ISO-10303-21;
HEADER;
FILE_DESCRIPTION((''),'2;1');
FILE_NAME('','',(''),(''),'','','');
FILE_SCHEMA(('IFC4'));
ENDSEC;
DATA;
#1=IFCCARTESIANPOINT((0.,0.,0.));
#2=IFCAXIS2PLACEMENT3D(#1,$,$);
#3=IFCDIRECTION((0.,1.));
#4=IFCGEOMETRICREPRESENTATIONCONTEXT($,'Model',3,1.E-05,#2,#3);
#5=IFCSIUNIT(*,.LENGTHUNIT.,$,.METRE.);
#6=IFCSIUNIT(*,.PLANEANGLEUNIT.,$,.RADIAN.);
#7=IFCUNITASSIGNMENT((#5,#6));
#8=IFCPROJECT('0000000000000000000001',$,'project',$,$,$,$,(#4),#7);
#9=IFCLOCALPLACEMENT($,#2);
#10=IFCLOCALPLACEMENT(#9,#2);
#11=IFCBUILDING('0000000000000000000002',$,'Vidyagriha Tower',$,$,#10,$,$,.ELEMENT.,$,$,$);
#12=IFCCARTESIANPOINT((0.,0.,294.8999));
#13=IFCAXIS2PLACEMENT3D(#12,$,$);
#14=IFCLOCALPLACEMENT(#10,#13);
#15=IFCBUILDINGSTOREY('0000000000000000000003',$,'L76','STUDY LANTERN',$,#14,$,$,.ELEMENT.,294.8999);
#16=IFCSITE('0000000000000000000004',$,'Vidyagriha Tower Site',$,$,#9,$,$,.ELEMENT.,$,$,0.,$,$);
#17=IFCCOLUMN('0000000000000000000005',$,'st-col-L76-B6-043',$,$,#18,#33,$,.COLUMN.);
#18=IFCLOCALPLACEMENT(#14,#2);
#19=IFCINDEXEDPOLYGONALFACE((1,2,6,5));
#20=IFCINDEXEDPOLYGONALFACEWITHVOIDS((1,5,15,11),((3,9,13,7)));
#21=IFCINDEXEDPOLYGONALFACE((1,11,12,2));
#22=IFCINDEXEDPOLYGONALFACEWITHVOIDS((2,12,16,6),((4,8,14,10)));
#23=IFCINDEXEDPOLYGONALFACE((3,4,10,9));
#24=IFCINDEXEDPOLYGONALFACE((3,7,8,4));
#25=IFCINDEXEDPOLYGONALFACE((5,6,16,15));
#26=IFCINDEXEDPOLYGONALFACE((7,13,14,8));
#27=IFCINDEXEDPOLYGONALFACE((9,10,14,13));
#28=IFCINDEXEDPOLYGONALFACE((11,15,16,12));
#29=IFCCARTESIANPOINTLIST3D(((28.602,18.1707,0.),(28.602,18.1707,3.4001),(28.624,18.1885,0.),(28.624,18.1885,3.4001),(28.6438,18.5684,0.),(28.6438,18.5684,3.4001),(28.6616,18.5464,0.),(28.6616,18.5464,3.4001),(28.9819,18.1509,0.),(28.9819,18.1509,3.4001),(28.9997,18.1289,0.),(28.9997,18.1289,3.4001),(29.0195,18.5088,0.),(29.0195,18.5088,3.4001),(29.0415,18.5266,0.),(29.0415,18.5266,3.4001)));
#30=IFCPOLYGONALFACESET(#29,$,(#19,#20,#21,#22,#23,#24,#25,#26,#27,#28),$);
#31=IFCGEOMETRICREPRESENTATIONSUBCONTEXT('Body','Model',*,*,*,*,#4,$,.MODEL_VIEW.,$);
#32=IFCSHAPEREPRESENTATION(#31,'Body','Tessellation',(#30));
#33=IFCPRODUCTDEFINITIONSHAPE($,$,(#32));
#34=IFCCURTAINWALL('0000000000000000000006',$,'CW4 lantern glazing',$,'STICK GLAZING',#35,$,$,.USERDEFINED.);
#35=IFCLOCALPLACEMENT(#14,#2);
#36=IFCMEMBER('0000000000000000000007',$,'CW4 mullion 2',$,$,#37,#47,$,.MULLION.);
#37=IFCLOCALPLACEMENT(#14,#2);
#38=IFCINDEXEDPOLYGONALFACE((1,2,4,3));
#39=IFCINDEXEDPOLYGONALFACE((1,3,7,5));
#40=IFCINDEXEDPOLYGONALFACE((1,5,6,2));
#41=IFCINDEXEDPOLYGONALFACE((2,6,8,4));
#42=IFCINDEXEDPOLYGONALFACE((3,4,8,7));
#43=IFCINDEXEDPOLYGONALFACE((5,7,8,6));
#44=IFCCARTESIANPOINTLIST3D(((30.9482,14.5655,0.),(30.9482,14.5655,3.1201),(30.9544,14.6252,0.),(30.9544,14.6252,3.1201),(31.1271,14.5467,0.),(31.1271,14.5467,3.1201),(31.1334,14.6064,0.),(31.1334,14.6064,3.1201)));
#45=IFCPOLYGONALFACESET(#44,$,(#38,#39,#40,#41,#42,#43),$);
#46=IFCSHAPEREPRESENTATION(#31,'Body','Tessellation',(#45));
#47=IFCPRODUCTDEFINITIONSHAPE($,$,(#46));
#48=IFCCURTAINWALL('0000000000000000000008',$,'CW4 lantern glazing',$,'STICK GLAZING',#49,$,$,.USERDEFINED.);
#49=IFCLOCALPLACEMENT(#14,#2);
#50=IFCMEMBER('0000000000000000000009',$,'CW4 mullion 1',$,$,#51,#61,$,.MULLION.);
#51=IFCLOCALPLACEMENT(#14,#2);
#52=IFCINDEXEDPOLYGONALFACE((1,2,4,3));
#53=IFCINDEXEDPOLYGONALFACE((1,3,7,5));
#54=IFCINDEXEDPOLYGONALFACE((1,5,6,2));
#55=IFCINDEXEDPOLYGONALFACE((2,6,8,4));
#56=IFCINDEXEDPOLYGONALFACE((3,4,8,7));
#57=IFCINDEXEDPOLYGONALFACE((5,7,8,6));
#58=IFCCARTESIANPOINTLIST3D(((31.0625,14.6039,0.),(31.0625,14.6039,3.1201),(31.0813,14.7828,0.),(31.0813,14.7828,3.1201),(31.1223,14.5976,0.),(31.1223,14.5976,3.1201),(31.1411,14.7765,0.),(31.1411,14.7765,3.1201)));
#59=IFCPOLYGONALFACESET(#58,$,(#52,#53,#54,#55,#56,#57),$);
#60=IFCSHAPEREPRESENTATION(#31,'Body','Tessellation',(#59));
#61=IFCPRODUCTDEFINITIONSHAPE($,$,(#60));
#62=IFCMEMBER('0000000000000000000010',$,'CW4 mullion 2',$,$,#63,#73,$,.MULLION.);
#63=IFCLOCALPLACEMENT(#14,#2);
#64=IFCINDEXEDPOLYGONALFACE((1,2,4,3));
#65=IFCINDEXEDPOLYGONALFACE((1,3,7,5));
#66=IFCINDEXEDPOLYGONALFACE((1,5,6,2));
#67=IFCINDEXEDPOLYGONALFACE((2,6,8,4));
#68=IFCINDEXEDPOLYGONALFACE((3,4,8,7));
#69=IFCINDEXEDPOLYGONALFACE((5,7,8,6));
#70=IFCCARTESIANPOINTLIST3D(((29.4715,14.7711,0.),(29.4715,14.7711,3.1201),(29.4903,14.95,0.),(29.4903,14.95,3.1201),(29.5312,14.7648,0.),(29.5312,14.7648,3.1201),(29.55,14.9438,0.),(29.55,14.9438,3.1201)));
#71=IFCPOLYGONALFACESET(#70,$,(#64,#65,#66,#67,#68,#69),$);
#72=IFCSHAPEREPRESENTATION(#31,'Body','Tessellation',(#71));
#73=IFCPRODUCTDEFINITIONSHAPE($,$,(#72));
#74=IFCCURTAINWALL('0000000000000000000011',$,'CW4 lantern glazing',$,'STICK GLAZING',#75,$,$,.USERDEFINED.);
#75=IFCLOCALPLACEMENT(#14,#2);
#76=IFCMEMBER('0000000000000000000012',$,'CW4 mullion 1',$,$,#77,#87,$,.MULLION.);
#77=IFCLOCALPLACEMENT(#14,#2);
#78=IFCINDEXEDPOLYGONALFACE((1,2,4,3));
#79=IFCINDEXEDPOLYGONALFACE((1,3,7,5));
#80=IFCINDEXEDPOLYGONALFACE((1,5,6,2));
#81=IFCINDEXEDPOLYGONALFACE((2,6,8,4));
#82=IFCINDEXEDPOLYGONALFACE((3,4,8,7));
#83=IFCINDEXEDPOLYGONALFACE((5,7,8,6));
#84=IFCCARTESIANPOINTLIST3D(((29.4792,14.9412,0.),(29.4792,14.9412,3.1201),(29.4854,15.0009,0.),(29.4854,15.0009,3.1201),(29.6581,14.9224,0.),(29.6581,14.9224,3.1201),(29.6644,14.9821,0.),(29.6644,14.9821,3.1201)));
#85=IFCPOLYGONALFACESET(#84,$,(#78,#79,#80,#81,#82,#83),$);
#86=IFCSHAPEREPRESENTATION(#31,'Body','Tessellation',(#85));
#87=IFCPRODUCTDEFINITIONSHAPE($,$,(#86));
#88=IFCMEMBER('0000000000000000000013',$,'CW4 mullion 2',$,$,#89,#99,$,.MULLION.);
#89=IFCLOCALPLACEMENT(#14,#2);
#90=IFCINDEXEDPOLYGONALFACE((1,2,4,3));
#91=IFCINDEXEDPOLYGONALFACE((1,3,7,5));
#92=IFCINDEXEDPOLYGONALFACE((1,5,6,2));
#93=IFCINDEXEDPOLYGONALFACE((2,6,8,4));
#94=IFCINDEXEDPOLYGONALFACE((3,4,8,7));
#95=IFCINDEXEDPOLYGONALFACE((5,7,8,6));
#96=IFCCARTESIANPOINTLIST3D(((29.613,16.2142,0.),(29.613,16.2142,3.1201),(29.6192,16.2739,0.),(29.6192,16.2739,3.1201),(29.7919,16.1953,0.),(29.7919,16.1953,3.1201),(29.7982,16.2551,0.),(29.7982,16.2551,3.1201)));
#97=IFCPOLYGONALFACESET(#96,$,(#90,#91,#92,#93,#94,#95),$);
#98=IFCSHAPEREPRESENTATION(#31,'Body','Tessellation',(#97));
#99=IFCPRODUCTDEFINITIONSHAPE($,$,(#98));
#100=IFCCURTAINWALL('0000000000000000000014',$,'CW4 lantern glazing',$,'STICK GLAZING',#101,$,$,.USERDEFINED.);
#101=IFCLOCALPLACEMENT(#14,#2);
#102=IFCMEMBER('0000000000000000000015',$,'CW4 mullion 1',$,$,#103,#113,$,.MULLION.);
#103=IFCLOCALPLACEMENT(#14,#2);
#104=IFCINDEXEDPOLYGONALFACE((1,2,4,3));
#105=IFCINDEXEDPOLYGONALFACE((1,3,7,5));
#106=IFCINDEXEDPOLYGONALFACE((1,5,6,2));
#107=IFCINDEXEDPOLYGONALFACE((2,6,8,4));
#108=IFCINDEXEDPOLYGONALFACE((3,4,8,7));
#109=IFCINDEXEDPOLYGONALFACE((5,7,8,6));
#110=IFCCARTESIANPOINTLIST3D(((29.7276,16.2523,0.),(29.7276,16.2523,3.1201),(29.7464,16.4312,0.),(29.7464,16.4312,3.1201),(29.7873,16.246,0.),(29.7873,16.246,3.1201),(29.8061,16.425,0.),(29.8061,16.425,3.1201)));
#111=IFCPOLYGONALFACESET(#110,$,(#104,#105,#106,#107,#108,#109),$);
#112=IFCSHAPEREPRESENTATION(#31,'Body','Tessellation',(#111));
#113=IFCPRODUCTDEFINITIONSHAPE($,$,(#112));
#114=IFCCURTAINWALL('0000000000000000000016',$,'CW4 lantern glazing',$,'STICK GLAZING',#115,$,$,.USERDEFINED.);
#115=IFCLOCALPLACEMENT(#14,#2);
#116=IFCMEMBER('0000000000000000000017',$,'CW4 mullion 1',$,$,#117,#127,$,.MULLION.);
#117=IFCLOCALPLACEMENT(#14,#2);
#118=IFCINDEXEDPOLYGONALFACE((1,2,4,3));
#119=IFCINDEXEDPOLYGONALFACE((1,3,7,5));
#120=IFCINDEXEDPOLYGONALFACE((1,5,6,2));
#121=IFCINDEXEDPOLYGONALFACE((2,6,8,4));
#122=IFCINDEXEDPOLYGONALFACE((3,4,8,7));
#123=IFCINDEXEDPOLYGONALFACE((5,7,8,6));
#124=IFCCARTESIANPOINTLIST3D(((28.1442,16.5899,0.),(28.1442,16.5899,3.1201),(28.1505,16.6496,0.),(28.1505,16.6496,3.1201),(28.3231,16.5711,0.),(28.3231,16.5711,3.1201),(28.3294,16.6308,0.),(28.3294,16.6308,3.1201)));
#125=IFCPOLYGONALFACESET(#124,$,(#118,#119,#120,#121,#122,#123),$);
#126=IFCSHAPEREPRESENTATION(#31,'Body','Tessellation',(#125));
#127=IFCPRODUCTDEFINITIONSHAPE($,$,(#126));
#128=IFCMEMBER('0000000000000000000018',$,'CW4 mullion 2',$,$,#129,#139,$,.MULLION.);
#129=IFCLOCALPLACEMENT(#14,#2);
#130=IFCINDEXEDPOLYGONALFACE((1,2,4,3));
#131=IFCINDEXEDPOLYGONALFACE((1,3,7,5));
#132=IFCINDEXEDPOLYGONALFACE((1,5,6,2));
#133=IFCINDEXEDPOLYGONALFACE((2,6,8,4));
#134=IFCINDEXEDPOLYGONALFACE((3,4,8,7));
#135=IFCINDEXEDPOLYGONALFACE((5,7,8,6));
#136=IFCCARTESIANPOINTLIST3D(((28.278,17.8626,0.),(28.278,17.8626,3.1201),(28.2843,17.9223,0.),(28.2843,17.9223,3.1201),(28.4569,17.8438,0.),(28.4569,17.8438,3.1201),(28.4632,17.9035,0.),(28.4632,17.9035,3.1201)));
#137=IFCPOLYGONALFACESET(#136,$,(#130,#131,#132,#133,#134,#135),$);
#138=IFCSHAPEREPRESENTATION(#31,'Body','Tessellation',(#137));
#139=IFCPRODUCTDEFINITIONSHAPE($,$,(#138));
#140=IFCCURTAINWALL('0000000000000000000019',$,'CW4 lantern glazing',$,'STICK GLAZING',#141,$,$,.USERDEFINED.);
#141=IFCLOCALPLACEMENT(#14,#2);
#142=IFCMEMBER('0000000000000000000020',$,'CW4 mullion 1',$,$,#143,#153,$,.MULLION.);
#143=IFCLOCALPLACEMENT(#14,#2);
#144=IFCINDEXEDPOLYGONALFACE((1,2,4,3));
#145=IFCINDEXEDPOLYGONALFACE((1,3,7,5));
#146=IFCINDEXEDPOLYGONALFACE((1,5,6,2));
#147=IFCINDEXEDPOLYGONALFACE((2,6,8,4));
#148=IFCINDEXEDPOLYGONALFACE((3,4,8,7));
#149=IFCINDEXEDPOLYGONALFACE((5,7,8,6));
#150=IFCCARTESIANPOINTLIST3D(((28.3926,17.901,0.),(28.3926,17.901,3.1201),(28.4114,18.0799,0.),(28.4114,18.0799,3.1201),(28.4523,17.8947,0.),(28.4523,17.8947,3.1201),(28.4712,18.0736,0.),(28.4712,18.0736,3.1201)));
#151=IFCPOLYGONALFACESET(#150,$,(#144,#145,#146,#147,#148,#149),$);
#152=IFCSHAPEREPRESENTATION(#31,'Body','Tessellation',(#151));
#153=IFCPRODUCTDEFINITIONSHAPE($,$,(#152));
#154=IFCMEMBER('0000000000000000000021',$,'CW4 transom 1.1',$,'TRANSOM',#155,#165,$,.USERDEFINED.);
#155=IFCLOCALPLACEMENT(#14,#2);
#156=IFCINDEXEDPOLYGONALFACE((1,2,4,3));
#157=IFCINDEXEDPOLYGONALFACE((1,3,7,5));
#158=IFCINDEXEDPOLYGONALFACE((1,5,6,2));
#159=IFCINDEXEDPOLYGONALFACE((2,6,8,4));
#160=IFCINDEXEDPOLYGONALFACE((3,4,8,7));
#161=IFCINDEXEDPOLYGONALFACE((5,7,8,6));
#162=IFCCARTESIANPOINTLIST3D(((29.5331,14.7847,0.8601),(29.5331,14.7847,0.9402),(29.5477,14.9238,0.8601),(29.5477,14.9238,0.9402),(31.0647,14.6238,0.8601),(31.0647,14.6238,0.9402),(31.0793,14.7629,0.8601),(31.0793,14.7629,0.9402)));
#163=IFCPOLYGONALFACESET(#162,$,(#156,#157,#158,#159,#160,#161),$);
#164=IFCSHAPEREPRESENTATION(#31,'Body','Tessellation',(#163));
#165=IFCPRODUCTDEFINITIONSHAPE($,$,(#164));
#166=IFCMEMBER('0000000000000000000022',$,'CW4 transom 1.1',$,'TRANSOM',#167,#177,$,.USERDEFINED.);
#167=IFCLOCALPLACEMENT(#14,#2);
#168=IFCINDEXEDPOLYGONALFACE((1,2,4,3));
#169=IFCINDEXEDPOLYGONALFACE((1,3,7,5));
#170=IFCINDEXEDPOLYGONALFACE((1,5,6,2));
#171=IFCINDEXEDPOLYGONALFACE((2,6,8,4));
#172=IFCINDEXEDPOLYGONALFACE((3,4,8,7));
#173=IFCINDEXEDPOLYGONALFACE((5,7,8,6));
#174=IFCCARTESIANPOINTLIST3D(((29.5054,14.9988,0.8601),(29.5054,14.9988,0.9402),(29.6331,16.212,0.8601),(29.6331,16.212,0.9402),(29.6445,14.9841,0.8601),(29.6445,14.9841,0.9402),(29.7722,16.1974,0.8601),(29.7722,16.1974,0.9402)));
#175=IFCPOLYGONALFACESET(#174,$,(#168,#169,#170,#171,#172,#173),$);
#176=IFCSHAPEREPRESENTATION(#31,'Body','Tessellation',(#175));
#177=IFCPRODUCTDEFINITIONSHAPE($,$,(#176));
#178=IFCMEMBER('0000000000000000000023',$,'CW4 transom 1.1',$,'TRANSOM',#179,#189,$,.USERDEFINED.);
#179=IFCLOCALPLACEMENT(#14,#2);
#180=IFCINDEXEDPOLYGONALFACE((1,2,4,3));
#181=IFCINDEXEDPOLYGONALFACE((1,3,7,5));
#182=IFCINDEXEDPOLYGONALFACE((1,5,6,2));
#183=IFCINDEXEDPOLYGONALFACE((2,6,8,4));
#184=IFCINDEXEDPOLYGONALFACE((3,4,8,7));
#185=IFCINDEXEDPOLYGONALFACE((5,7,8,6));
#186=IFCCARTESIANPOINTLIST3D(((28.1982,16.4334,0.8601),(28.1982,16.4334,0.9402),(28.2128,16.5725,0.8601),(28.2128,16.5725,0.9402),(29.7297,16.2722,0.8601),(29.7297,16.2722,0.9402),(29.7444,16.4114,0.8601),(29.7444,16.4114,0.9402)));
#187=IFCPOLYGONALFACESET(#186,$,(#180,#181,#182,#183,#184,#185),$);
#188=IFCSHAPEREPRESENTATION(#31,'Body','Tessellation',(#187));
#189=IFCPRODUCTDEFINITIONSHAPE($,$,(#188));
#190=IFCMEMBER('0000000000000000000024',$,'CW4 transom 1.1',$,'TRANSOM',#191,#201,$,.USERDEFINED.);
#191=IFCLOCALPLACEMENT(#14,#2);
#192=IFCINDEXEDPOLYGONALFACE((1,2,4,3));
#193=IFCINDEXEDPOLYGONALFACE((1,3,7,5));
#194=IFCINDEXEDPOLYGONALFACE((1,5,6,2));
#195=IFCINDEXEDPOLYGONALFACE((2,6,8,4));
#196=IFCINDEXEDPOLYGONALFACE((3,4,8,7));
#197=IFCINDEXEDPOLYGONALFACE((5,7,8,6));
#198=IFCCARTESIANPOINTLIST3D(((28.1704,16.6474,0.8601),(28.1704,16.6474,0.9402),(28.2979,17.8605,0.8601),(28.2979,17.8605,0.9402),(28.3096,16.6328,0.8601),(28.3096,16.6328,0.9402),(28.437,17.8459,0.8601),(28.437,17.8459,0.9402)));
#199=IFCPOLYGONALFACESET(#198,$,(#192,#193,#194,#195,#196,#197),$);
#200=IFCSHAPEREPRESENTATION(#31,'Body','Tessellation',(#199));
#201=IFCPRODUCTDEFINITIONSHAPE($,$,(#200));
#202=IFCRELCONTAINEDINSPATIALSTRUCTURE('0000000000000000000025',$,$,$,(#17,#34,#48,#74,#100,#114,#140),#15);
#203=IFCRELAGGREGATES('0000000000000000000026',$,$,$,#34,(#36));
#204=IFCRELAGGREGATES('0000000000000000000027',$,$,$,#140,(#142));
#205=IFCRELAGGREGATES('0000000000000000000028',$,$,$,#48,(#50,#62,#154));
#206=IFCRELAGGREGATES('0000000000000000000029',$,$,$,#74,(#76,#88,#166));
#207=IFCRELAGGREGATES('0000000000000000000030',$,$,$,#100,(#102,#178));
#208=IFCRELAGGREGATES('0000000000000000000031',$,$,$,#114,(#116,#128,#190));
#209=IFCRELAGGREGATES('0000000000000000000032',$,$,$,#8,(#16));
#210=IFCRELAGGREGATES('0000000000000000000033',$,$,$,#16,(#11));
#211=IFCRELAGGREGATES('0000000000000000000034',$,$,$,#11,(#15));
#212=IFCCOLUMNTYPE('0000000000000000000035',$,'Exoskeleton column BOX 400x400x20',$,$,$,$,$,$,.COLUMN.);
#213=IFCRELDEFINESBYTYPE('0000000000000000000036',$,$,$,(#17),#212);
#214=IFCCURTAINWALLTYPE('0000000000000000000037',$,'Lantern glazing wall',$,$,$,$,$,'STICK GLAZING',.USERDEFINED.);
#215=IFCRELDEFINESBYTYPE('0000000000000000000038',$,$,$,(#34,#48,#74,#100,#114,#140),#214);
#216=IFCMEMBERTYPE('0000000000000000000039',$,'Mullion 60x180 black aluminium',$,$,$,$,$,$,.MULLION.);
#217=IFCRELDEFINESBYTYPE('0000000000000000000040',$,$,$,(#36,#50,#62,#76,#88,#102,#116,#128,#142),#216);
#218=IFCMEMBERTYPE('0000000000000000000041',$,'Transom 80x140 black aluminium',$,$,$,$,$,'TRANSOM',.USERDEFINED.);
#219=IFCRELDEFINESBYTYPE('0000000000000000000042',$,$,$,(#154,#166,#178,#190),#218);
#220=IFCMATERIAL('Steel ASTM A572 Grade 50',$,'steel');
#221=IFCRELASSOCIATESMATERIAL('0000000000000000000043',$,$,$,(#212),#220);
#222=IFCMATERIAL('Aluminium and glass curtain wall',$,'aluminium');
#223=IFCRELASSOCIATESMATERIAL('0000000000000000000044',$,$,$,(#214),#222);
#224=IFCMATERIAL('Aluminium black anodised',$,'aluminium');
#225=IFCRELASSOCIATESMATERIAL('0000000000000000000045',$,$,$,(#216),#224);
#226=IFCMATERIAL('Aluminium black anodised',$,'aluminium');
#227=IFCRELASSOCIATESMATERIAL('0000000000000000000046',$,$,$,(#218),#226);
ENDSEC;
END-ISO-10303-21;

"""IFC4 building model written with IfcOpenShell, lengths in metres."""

from ifc_helpers import new_model, si_unit, direction, frame, origin, origin_2d, place, context, subcontext, project, spatial, rectangle, hollow_rectangle, extrude, material, material_profile, profile_set, type_object, element, aggregate, save


model = new_model("IFC4")

# Units and contexts
model_context = context("Model", 3, precision=1e-05, world=origin(), true_north=direction((0.0, 1.0)))
body_context = subcontext(model_context, "Body", "Model", "MODEL_VIEW")
ifc_project = project(units=[si_unit("LENGTHUNIT", "METRE"), si_unit("PLANEANGLEUNIT", "RADIAN")], contexts=[model_context])

# Site, building, storey
site_placement = place(None, origin())
site = spatial("IfcSite", under=ifc_project, at=site_placement, Name="Vidyagriha Tower Site", CompositionType="ELEMENT", RefElevation=0.0)
building_placement = place(site_placement, origin())
building = spatial("IfcBuilding", under=site, at=building_placement, Name="Vidyagriha Tower", CompositionType="ELEMENT")
storey_placement = place(building_placement, frame((0.0, 0.0, 294.8999)))
storey = spatial("IfcBuildingStorey", under=building, at=storey_placement, Name="L76", Description="STUDY LANTERN", CompositionType="ELEMENT", Elevation=294.8999)

# Column
ifc_material_1 = material(Name="Steel ASTM A572 Grade 50", Category="steel")
ifc_material_profile_1 = material_profile(ifc_material_1, hollow_rectangle(XDim=0.3999, YDim=0.3999, WallThickness=0.02, at=origin_2d()), Name="BOX 400x400x20")
ifc_profile_set_1 = profile_set([ifc_material_profile_1], Name="Steel ASTM A572 Grade 50")
column_type = type_object("IfcColumnType", Name="Exoskeleton column BOX 400x400x20", PredefinedType="COLUMN", material=ifc_profile_set_1)
column_placement = place(storey_placement, frame((28.8218, 18.3486, 0.0), z_axis=(0.0, 0.0, 1.0), x_axis=(0.994522, -0.104528, 0.0)))
element("IfcColumn", 1, at=column_placement, inside=storey, type_object=column_type, Name="st-col-L76-B6-043", PredefinedType="COLUMN", context=body_context, shape_type="SweptSolid", body=[
    extrude(hollow_rectangle(XDim=0.3999, YDim=0.3999, WallThickness=0.02, at=origin_2d()), origin(), (0.0, 0.0, 1.0), 3.4001),
])

# Curtain wall, member
ifc_material_2 = material(Name="Aluminium and glass curtain wall", Category="aluminium")
curtain_wall_type = type_object("IfcCurtainWallType", Name="Lantern glazing wall", ElementType="STICK GLAZING", PredefinedType="USERDEFINED", material=ifc_material_2)
curtain_wall_1_placement = place(storey_placement, origin())
curtain_wall_1 = element("IfcCurtainWall", 2, at=curtain_wall_1_placement, inside=storey, type_object=curtain_wall_type, Name="CW4 lantern glazing", ObjectType="STICK GLAZING", PredefinedType="USERDEFINED")
ifc_material_3 = material(Name="Aluminium black anodised", Category="aluminium")
ifc_material_profile_2 = material_profile(ifc_material_3, rectangle(XDim=0.1799, YDim=0.0601, at=origin_2d()), Name="Mullion 60x180 black aluminium")
ifc_profile_set_2 = profile_set([ifc_material_profile_2], Name="Aluminium black anodised")
member_type_1 = type_object("IfcMemberType", Name="Mullion 60x180 black aluminium", PredefinedType="MULLION", material=ifc_profile_set_2)
member_1_placement = place(storey_placement, frame((31.0408, 14.5859, 0.0), z_axis=(0.0, 0.0, 1.0), x_axis=(-0.994528, 0.104475, 0.0)))
member_1 = element("IfcMember", 3, at=member_1_placement, type_object=member_type_1, Name="CW4 mullion 2", PredefinedType="MULLION", context=body_context, shape_type="SweptSolid", body=[
    extrude(rectangle(XDim=0.1799, YDim=0.0601, at=origin_2d()), origin(), (0.0, 0.0, 1.0), 3.1201),
])
aggregate(curtain_wall_1, [member_1])

# Curtain walls, members
curtain_wall_2_placement = place(storey_placement, origin())
curtain_wall_2 = element("IfcCurtainWall", 4, at=curtain_wall_2_placement, inside=storey, type_object=curtain_wall_type, Name="CW4 lantern glazing", ObjectType="STICK GLAZING", PredefinedType="USERDEFINED")
member_2_placement = place(storey_placement, frame((31.1018, 14.6902, 0.0), z_axis=(0.0, 0.0, 1.0), x_axis=(-0.104519, -0.994523, 0.0)))
member_2 = element("IfcMember", 5, at=member_2_placement, type_object=member_type_1, Name="CW4 mullion 1", PredefinedType="MULLION", context=body_context, shape_type="SweptSolid", body=[
    extrude(rectangle(XDim=0.1799, YDim=0.0601, at=origin_2d()), origin(), (0.0, 0.0, 1.0), 3.1201),
])
member_3_placement = place(storey_placement, frame((29.5107, 14.8574, 0.0), z_axis=(0.0, 0.0, 1.0), x_axis=(-0.104519, -0.994523, 0.0)))
member_3 = element("IfcMember", 6, at=member_3_placement, type_object=member_type_1, Name="CW4 mullion 2", PredefinedType="MULLION", context=body_context, shape_type="SweptSolid", body=[
    extrude(rectangle(XDim=0.1799, YDim=0.0601, at=origin_2d()), origin(), (0.0, 0.0, 1.0), 3.1201),
])
curtain_wall_3_placement = place(storey_placement, origin())
curtain_wall_3 = element("IfcCurtainWall", 7, at=curtain_wall_3_placement, inside=storey, type_object=curtain_wall_type, Name="CW4 lantern glazing", ObjectType="STICK GLAZING", PredefinedType="USERDEFINED")
member_4_placement = place(storey_placement, frame((29.5718, 14.9617, 0.0), z_axis=(0.0, 0.0, 1.0), x_axis=(-0.994519, 0.104557, 0.0)))
member_4 = element("IfcMember", 8, at=member_4_placement, type_object=member_type_1, Name="CW4 mullion 1", PredefinedType="MULLION", context=body_context, shape_type="SweptSolid", body=[
    extrude(rectangle(XDim=0.1799, YDim=0.0601, at=origin_2d()), origin(), (0.0, 0.0, 1.0), 3.1201),
])
member_5_placement = place(storey_placement, frame((29.7056, 16.2346, 0.0), z_axis=(0.0, 0.0, 1.0), x_axis=(-0.994519, 0.104557, 0.0)))
member_5 = element("IfcMember", 9, at=member_5_placement, type_object=member_type_1, Name="CW4 mullion 2", PredefinedType="MULLION", context=body_context, shape_type="SweptSolid", body=[
    extrude(rectangle(XDim=0.1799, YDim=0.0601, at=origin_2d()), origin(), (0.0, 0.0, 1.0), 3.1201),
])

# Curtain wall, member
curtain_wall_4_placement = place(storey_placement, origin())
curtain_wall_4 = element("IfcCurtainWall", 10, at=curtain_wall_4_placement, inside=storey, type_object=curtain_wall_type, Name="CW4 lantern glazing", ObjectType="STICK GLAZING", PredefinedType="USERDEFINED")
member_6_placement = place(storey_placement, frame((29.7668, 16.3386, 0.0), z_axis=(0.0, 0.0, 1.0), x_axis=(-0.104519, -0.994523, 0.0)))
member_6 = element("IfcMember", 11, at=member_6_placement, type_object=member_type_1, Name="CW4 mullion 1", PredefinedType="MULLION", context=body_context, shape_type="SweptSolid", body=[
    extrude(rectangle(XDim=0.1799, YDim=0.0601, at=origin_2d()), origin(), (0.0, 0.0, 1.0), 3.1201),
])

# Curtain wall, members
curtain_wall_5_placement = place(storey_placement, origin())
curtain_wall_5 = element("IfcCurtainWall", 12, at=curtain_wall_5_placement, inside=storey, type_object=curtain_wall_type, Name="CW4 lantern glazing", ObjectType="STICK GLAZING", PredefinedType="USERDEFINED")
member_7_placement = place(storey_placement, frame((28.2368, 16.6104, 0.0), z_axis=(0.0, 0.0, 1.0), x_axis=(-0.994519, 0.104557, 0.0)))
member_7 = element("IfcMember", 13, at=member_7_placement, type_object=member_type_1, Name="CW4 mullion 1", PredefinedType="MULLION", context=body_context, shape_type="SweptSolid", body=[
    extrude(rectangle(XDim=0.1799, YDim=0.0601, at=origin_2d()), origin(), (0.0, 0.0, 1.0), 3.1201),
])
member_8_placement = place(storey_placement, frame((28.3706, 17.8831, 0.0), z_axis=(0.0, 0.0, 1.0), x_axis=(-0.994519, 0.104557, 0.0)))
member_8 = element("IfcMember", 14, at=member_8_placement, type_object=member_type_1, Name="CW4 mullion 2", PredefinedType="MULLION", context=body_context, shape_type="SweptSolid", body=[
    extrude(rectangle(XDim=0.1799, YDim=0.0601, at=origin_2d()), origin(), (0.0, 0.0, 1.0), 3.1201),
])

# Curtain wall, member
curtain_wall_6_placement = place(storey_placement, origin())
curtain_wall_6 = element("IfcCurtainWall", 15, at=curtain_wall_6_placement, inside=storey, type_object=curtain_wall_type, Name="CW4 lantern glazing", ObjectType="STICK GLAZING", PredefinedType="USERDEFINED")
member_9_placement = place(storey_placement, frame((28.4319, 17.9873, 0.0), z_axis=(0.0, 0.0, 1.0), x_axis=(-0.104528, -0.994522, 0.0)))
member_9 = element("IfcMember", 16, at=member_9_placement, type_object=member_type_1, Name="CW4 mullion 1", PredefinedType="MULLION", context=body_context, shape_type="SweptSolid", body=[
    extrude(rectangle(XDim=0.1799, YDim=0.0601, at=origin_2d()), origin(), (0.0, 0.0, 1.0), 3.1201),
])

# Members
ifc_material_4 = material(Name="Aluminium black anodised", Category="aluminium")
ifc_material_profile_3 = material_profile(ifc_material_4, rectangle(XDim=0.1399, YDim=0.0801, at=origin_2d()), Name="Transom 80x140 black aluminium")
ifc_profile_set_3 = profile_set([ifc_material_profile_3], Name="Aluminium black anodised")
member_type_2 = type_object("IfcMemberType", Name="Transom 80x140 black aluminium", ElementType="TRANSOM", PredefinedType="USERDEFINED", material=ifc_profile_set_3)
member_10_placement = place(storey_placement, frame((31.072, 14.6934, 0.9001), z_axis=(-0.994527, 0.104478, 0.0), x_axis=(-0.104478, -0.994527, 0.0)))
member_10 = element("IfcMember", 17, at=member_10_placement, type_object=member_type_2, Name="CW4 transom 1.1", ObjectType="TRANSOM", PredefinedType="USERDEFINED", context=body_context, shape_type="SweptSolid", body=[
    extrude(rectangle(XDim=0.1399, YDim=0.0801, at=origin_2d()), origin(), (0.0, 0.0, 1.0), 1.54),
])
member_11_placement = place(storey_placement, frame((29.575, 14.9915, 0.9001), z_axis=(0.104654, 0.994509, 0.0), x_axis=(-0.994509, 0.104654, 0.0)))
member_11 = element("IfcMember", 18, at=member_11_placement, type_object=member_type_2, Name="CW4 transom 1.1", ObjectType="TRANSOM", PredefinedType="USERDEFINED", context=body_context, shape_type="SweptSolid", body=[
    extrude(rectangle(XDim=0.1399, YDim=0.0801, at=origin_2d()), origin(), (0.0, 0.0, 1.0), 1.22),
])
member_12_placement = place(storey_placement, frame((29.7371, 16.3418, 0.9001), z_axis=(-0.994511, 0.104635, 0.0), x_axis=(-0.104635, -0.994511, 0.0)))
member_12 = element("IfcMember", 19, at=member_12_placement, type_object=member_type_2, Name="CW4 transom 1.1", ObjectType="TRANSOM", PredefinedType="USERDEFINED", context=body_context, shape_type="SweptSolid", body=[
    extrude(rectangle(XDim=0.1399, YDim=0.0801, at=origin_2d()), origin(), (0.0, 0.0, 1.0), 1.54),
])
member_13_placement = place(storey_placement, frame((28.24, 16.6401, 0.9001), z_axis=(0.104476, 0.994527, 0.0), x_axis=(-0.994527, 0.104476, 0.0)))
member_13 = element("IfcMember", 20, at=member_13_placement, type_object=member_type_2, Name="CW4 transom 1.1", ObjectType="TRANSOM", PredefinedType="USERDEFINED", context=body_context, shape_type="SweptSolid", body=[
    extrude(rectangle(XDim=0.1399, YDim=0.0801, at=origin_2d()), origin(), (0.0, 0.0, 1.0), 1.2197),
])
aggregate(curtain_wall_6, [member_9])

aggregate(curtain_wall_2, [member_2, member_3, member_10])
aggregate(curtain_wall_3, [member_4, member_5, member_11])
aggregate(curtain_wall_4, [member_6, member_12])
aggregate(curtain_wall_5, [member_7, member_8, member_13])

save(model, "model.ifc")
